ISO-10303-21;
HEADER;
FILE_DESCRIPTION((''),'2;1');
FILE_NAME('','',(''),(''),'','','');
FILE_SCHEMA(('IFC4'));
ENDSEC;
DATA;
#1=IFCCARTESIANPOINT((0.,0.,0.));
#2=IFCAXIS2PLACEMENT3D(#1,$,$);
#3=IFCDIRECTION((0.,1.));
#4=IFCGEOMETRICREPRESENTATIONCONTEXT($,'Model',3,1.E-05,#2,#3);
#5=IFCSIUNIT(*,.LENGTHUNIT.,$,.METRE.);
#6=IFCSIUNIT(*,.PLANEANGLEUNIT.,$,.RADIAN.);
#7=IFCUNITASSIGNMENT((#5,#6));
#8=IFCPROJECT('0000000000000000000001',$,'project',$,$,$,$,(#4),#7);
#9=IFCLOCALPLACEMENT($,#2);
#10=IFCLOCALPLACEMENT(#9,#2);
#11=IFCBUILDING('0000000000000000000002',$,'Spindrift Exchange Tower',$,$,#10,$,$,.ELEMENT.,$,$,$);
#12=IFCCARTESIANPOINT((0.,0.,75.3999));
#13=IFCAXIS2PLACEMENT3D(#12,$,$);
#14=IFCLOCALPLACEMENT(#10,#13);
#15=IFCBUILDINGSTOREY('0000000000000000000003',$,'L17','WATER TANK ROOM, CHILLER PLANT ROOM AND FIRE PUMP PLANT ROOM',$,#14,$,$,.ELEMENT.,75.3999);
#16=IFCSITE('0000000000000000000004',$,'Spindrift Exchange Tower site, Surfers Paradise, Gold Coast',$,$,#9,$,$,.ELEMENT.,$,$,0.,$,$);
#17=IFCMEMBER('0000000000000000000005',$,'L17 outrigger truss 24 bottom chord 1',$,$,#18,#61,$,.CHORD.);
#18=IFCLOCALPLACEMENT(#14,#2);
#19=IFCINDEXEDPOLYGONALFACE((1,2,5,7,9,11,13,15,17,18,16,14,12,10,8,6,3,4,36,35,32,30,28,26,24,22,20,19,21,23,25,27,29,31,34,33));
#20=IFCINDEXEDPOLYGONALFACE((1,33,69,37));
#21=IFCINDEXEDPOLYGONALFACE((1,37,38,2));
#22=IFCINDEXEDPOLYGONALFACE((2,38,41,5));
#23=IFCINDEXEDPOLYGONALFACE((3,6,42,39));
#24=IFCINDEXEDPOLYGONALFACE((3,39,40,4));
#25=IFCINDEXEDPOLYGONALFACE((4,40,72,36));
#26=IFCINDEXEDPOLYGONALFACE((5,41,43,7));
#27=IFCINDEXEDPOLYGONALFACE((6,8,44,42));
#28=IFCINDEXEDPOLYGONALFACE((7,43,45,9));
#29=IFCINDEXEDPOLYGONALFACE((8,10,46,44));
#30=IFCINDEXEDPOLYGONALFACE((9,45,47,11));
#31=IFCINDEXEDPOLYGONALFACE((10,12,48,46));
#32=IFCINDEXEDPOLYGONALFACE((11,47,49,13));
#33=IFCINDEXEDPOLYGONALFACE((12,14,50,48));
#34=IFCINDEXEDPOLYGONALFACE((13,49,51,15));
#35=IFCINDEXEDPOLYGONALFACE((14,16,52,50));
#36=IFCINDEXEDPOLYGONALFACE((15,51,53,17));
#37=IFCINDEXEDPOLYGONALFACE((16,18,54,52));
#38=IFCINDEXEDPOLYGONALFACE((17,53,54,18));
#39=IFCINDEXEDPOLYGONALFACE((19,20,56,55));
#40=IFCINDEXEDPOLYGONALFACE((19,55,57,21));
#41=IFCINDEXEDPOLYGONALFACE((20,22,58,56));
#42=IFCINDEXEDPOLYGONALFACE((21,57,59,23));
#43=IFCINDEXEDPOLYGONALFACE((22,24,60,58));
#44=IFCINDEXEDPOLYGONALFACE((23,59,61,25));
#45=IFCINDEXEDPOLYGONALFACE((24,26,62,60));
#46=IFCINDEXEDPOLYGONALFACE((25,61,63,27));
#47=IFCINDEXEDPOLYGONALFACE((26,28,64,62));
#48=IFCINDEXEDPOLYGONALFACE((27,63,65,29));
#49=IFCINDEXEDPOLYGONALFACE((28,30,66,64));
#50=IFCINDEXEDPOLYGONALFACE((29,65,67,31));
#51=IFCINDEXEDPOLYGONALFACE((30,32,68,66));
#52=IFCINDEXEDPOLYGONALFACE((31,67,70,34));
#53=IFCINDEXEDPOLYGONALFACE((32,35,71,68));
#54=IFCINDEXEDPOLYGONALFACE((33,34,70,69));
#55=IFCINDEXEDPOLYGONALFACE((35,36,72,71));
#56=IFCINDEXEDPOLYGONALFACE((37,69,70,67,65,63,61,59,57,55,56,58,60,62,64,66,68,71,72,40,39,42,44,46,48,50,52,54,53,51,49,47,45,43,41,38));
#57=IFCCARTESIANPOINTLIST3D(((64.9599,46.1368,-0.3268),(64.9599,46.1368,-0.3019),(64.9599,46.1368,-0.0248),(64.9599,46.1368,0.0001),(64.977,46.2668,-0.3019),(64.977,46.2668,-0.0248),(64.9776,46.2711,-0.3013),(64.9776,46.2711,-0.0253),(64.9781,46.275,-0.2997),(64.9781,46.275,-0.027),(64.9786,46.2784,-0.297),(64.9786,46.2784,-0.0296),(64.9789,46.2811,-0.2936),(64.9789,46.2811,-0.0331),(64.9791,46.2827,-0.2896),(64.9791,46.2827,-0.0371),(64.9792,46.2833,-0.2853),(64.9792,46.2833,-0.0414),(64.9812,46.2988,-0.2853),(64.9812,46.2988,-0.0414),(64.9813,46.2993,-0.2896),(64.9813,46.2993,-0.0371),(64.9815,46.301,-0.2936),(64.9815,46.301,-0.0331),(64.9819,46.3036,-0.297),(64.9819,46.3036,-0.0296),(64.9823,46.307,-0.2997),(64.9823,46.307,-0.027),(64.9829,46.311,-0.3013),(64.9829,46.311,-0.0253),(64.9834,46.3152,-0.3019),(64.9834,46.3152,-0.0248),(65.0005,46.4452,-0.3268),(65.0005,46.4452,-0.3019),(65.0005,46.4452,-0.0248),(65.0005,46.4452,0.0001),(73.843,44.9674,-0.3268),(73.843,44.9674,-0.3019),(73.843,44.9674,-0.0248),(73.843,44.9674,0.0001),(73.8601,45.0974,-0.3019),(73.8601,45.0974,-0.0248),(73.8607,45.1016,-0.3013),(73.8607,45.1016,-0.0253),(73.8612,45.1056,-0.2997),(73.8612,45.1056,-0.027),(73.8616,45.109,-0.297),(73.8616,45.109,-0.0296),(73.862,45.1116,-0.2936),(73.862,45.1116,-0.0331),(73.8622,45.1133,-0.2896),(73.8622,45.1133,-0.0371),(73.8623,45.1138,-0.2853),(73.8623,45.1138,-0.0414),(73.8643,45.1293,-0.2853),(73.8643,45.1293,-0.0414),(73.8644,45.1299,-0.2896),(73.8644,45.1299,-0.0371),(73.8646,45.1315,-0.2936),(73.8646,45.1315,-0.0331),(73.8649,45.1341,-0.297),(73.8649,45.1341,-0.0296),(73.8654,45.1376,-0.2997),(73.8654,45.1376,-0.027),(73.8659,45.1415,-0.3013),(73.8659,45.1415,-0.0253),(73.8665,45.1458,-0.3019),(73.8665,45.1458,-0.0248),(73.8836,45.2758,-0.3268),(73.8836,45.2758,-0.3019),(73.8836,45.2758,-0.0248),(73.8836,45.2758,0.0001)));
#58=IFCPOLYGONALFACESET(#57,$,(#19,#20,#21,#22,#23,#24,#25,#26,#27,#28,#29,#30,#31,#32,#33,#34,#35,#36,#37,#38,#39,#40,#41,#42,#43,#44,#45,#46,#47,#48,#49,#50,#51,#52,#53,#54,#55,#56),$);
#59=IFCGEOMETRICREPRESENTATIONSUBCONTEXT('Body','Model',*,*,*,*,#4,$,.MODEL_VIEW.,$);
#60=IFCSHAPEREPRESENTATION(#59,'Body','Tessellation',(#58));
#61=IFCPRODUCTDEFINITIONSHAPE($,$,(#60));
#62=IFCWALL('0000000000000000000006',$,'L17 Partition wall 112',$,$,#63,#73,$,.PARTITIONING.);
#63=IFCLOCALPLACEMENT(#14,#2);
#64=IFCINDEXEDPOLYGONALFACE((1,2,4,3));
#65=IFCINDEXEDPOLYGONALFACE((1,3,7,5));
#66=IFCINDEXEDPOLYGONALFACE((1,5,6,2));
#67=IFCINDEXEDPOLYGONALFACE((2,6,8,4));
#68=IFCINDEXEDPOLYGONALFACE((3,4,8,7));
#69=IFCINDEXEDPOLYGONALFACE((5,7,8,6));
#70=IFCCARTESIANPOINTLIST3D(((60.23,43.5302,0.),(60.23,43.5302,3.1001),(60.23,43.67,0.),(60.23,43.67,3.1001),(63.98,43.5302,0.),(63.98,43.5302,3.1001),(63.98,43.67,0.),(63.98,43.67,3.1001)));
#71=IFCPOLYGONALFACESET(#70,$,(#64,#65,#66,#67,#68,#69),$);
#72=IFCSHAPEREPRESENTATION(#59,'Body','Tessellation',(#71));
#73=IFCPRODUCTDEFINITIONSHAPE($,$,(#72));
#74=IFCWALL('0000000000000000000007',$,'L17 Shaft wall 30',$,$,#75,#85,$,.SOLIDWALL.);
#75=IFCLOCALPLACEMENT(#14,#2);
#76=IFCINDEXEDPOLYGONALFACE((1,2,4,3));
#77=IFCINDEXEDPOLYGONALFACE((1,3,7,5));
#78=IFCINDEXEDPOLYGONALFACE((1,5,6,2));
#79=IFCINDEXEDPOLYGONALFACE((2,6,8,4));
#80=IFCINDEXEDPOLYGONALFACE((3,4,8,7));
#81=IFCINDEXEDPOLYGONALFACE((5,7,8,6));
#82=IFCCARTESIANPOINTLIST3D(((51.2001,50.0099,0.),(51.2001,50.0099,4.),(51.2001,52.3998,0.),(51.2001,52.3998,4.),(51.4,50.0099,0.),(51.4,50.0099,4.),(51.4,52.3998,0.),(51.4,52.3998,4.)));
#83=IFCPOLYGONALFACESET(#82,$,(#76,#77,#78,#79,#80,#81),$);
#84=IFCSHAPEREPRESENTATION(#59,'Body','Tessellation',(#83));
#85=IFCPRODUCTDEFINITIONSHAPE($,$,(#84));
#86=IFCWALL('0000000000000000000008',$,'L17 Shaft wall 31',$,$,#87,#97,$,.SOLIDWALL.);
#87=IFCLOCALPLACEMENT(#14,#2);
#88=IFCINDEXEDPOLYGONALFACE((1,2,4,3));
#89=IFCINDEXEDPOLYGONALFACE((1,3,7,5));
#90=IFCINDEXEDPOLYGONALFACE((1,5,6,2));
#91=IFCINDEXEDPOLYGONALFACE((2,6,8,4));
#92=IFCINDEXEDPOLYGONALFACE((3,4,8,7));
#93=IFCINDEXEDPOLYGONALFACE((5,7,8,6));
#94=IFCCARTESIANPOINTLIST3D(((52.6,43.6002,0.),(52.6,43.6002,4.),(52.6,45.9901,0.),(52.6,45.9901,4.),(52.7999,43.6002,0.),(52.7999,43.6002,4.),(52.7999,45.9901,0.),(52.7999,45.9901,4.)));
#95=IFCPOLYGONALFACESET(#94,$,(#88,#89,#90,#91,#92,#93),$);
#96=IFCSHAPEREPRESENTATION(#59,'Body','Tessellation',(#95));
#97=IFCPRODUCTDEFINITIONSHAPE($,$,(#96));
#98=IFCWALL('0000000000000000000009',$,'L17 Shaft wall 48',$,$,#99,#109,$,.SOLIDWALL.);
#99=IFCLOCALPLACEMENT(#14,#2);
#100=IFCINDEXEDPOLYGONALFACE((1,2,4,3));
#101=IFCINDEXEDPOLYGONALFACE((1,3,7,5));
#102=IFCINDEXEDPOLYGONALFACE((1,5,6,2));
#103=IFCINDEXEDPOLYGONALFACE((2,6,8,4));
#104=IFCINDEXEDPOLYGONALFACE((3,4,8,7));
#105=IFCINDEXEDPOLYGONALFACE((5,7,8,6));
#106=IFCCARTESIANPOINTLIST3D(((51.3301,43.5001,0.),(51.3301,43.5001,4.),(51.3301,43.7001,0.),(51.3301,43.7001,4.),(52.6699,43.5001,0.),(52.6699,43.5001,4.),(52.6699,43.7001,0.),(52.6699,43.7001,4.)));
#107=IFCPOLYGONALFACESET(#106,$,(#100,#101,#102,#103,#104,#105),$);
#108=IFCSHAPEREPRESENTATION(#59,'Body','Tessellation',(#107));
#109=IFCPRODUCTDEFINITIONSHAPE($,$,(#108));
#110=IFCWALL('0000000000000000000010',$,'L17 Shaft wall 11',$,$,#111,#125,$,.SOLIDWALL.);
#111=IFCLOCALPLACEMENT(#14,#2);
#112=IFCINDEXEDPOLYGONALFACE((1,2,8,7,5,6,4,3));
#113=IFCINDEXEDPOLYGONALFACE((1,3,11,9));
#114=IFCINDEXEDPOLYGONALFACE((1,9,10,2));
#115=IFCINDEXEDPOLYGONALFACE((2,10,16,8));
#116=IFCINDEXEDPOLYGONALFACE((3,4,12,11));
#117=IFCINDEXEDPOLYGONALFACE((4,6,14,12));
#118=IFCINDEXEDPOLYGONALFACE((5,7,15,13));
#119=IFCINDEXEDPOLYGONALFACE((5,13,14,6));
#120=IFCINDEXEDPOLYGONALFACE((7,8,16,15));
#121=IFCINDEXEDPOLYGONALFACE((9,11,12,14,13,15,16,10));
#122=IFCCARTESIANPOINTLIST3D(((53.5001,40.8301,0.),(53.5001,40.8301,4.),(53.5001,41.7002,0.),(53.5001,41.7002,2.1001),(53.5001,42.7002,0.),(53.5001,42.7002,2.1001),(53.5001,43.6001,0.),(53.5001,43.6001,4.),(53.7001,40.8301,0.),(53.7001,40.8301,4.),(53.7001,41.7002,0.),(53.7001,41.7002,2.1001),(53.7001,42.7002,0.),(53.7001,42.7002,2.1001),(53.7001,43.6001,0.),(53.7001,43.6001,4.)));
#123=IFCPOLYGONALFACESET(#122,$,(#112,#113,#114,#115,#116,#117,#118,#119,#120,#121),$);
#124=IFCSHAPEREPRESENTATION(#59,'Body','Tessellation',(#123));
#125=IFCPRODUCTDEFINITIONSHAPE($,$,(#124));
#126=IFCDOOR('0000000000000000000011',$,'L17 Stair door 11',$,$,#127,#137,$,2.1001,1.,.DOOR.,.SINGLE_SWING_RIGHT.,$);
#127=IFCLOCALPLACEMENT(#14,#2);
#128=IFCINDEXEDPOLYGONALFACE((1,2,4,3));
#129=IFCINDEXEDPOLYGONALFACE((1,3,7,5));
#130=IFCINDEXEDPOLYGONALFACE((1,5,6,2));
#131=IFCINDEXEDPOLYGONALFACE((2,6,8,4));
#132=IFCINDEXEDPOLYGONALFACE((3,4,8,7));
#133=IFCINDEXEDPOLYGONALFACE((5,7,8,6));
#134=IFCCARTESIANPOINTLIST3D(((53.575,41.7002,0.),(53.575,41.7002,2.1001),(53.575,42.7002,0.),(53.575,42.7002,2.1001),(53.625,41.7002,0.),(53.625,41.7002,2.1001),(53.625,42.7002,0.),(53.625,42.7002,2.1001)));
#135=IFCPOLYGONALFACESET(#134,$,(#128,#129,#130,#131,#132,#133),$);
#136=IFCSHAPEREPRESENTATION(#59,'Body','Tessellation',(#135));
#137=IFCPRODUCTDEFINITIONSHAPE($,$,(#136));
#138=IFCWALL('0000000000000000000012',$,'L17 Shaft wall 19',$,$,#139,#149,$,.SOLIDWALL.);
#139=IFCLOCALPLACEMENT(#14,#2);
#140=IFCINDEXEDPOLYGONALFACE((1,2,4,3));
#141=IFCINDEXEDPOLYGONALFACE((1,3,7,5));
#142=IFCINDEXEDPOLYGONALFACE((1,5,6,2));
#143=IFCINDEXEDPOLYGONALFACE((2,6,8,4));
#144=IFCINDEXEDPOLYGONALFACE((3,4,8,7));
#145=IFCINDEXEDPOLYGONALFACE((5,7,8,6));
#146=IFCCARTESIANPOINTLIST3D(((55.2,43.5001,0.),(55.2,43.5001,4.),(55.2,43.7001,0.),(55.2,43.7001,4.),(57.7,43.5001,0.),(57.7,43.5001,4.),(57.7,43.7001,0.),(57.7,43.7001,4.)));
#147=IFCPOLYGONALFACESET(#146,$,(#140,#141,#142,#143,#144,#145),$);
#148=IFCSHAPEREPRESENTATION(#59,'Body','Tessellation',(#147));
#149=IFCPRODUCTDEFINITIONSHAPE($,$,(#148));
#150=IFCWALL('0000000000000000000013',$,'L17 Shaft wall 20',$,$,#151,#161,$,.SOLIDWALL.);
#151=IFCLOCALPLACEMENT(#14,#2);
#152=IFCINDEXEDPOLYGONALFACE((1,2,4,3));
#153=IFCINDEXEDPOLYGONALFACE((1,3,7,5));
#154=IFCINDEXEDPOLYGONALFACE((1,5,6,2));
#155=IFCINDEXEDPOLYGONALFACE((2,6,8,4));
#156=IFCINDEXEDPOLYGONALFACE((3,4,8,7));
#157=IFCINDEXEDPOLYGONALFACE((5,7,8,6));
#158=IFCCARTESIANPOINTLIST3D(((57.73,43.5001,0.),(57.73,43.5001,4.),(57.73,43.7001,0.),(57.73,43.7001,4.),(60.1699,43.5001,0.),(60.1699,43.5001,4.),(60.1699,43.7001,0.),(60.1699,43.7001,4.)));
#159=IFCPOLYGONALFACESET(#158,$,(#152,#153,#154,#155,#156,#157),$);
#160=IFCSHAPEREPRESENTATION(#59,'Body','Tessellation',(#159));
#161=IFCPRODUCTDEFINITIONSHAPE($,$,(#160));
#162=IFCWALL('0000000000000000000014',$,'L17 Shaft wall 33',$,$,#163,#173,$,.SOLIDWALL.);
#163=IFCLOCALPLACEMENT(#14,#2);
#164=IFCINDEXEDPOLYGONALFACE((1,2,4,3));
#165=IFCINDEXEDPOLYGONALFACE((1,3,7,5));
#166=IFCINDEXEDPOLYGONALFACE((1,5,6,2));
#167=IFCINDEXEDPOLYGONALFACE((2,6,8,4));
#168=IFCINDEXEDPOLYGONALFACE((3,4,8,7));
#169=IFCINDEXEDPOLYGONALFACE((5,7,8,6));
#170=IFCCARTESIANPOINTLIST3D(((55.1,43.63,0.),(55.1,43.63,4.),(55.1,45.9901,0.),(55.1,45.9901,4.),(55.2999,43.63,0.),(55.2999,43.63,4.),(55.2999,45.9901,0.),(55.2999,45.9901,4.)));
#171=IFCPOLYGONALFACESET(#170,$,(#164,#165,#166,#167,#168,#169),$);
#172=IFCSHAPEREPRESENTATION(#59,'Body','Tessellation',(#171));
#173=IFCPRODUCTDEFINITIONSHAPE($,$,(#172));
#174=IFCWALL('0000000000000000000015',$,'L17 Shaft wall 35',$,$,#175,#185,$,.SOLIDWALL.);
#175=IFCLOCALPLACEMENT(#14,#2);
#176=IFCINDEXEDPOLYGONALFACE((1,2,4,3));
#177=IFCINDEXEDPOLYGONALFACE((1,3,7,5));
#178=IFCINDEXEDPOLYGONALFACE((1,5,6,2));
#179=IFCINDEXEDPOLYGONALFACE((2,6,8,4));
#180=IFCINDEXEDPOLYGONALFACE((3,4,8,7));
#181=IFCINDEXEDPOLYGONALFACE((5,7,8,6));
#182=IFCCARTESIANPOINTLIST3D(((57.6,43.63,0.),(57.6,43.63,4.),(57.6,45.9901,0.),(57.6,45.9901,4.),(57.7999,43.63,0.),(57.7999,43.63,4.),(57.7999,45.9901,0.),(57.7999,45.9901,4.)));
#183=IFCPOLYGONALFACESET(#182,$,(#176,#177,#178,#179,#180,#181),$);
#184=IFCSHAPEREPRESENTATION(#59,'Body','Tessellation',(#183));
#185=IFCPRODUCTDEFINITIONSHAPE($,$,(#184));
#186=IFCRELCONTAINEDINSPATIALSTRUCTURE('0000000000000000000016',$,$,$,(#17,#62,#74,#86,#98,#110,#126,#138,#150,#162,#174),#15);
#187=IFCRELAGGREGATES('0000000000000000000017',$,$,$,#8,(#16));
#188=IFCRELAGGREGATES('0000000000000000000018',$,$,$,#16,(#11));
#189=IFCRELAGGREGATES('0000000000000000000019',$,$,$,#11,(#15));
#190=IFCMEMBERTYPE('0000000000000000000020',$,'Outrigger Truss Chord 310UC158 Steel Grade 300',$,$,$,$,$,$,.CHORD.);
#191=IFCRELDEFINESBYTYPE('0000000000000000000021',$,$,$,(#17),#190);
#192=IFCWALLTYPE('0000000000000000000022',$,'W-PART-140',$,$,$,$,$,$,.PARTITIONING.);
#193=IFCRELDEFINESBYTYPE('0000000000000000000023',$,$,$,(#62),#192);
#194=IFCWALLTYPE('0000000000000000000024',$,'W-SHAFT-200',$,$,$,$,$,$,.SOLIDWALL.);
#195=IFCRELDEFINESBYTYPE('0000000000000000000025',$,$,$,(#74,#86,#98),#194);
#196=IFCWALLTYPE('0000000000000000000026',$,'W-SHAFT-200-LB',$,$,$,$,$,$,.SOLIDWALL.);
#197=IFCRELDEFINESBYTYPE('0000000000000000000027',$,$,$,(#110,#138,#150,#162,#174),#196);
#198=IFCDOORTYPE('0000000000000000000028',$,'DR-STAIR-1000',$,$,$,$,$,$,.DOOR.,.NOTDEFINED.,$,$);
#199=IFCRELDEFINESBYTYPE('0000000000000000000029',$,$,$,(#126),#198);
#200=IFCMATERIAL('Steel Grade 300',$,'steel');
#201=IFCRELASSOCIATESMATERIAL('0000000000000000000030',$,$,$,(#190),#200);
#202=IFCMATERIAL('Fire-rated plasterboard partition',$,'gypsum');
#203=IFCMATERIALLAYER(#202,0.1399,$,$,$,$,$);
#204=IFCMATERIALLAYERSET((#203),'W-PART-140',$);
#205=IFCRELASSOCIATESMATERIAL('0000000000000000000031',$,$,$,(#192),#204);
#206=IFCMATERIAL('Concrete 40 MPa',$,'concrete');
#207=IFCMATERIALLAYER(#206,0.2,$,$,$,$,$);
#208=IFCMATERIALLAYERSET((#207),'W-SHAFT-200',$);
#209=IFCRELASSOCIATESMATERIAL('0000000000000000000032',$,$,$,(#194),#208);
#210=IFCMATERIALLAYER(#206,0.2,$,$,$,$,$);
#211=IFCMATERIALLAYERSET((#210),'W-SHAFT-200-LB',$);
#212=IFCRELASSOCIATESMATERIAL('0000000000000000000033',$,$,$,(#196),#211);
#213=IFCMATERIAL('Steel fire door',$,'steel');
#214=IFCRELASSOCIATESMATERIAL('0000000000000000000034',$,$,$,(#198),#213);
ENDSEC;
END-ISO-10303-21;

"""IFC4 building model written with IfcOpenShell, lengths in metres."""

from ifc_helpers import new_model, si_unit, direction, frame, frame_2d, origin, origin_2d, place, context, subcontext, project, spatial, rectangle, i_section, extrude, source, transform, mapped, material, layer, layer_set, material_profile, profile_set, type_object, element, fill, save


model = new_model("IFC4")

# Units and contexts
model_context = context("Model", 3, precision=1e-05, world=origin(), true_north=direction((0.0, 1.0)))
body_context = subcontext(model_context, "Body", "Model", "MODEL_VIEW")
ifc_project = project(units=[si_unit("LENGTHUNIT", "METRE"), si_unit("PLANEANGLEUNIT", "RADIAN")], contexts=[model_context])

# Site, building, storey
site_placement = place(None, origin())
site = spatial("IfcSite", under=ifc_project, at=site_placement, Name="Spindrift Exchange Tower site, Surfers Paradise, Gold Coast", CompositionType="ELEMENT", RefElevation=0.0)
building_placement = place(site_placement, origin())
building = spatial("IfcBuilding", under=site, at=building_placement, Name="Spindrift Exchange Tower", CompositionType="ELEMENT")
storey_placement = place(building_placement, frame((0.0, 0.0, 75.3999)))
storey = spatial("IfcBuildingStorey", under=building, at=storey_placement, Name="L17", Description="WATER TANK ROOM, CHILLER PLANT ROOM AND FIRE PUMP PLANT ROOM", CompositionType="ELEMENT", Elevation=75.3999)

# Shared definitions
ifc_material_1 = material(Name="Steel Grade 300", Category="steel")

# Shared definitions
ifc_material_profile_1 = material_profile(ifc_material_1, i_section(OverallWidth=0.311, OverallDepth=0.3269, WebThickness=0.0156, FlangeThickness=0.0249, FilletRadius=0.0166, at=origin_2d()), Name="310UC158")
ifc_profile_set_1 = profile_set([ifc_material_profile_1], Name="Steel Grade 300")
member_type = type_object("IfcMemberType", Name="Outrigger Truss Chord 310UC158 Steel Grade 300", PredefinedType="CHORD", material=ifc_profile_set_1)

# Member
shared_shape_1 = source(origin(), body_context, "Body", "SweptSolid", [
    extrude(i_section(OverallWidth=0.311, OverallDepth=0.3269, WebThickness=0.0156, FlangeThickness=0.0249, FilletRadius=0.0166, at=origin_2d()), origin(), (0.0, 0.0, 1.0), 8.9597),
])
member_1_placement = place(storey_placement, frame((64.9802, 46.291, -0.1633), z_axis=(0.991445, -0.130521, 0.0), x_axis=(0.130521, 0.991445, 0.0)))
element("IfcMember", 1, at=member_1_placement, inside=storey, type_object=member_type, Name="L17 outrigger truss 24 bottom chord 1", PredefinedType="CHORD", context=body_context, shape_type="MappedRepresentation", body=[
    mapped(shared_shape_1, transform((0.0, 0.0, 0.0), scale=1.0)),
])

# Walls
ifc_material_2 = material(Name="Fire-rated plasterboard partition", Category="gypsum")
ifc_layer_1 = layer(ifc_material_2, 0.1399)
ifc_layer_set_1 = layer_set([ifc_layer_1], Name="W-PART-140")
wall_type_1 = type_object("IfcWallType", Name="W-PART-140", PredefinedType="PARTITIONING", material=ifc_layer_set_1)
wall_1_placement = place(storey_placement, frame((60.23, 43.6001, 0.0), z_axis=(0.0, 0.0, 1.0), x_axis=(1.0, 0.0, 0.0)))
element("IfcWall", 2, at=wall_1_placement, inside=storey, type_object=wall_type_1, Name="L17 Partition wall 112", PredefinedType="PARTITIONING", context=body_context, shape_type="SweptSolid", body=[
    extrude(rectangle(XDim=3.75, YDim=0.1399, at=frame_2d((1.875, 0.0))), origin(), (0.0, 0.0, 1.0), 3.1001),
])
ifc_material_3 = material(Name="Concrete 40 MPa", Category="concrete")
ifc_layer_2 = layer(ifc_material_3, 0.2)
ifc_layer_set_2 = layer_set([ifc_layer_2], Name="W-SHAFT-200")
wall_type_2 = type_object("IfcWallType", Name="W-SHAFT-200", PredefinedType="SOLIDWALL", material=ifc_layer_set_2)
for number, where, z_axis, x_axis, name in (
    (3, (51.3, 50.01, 0.0), (0.0, 0.0, 1.0), (0.0, 1.0, 0.0), "L17 Shaft wall 30"),
    (4, (52.7, 45.99, 0.0), (0.0, 0.0, 1.0), (0.0, -1.0, 0.0), "L17 Shaft wall 31"),
):
    element("IfcWall", number, at=place(storey_placement, frame(where, z_axis=z_axis, x_axis=x_axis)), inside=storey, type_object=wall_type_2, Name=name, PredefinedType="SOLIDWALL", context=body_context, shape_type="SweptSolid", body=[
        extrude(rectangle(XDim=2.3899, YDim=0.2, at=frame_2d((1.1948, 0.0))), origin(), (0.0, 0.0, 1.0), 4.0),
    ])
wall_2_placement = place(storey_placement, frame((52.6699, 43.6001, 0.0), z_axis=(0.0, 0.0, 1.0), x_axis=(-1.0, 0.0, 0.0)))
element("IfcWall", 5, at=wall_2_placement, inside=storey, type_object=wall_type_2, Name="L17 Shaft wall 48", PredefinedType="SOLIDWALL", context=body_context, shape_type="SweptSolid", body=[
    extrude(rectangle(XDim=1.3398, YDim=0.2, at=frame_2d((0.6699, 0.0))), origin(), (0.0, 0.0, 1.0), 4.0),
])

# Wall, opening, door
ifc_layer_3 = layer(ifc_material_3, 0.2)
ifc_layer_set_3 = layer_set([ifc_layer_3], Name="W-SHAFT-200-LB")
wall_type_3 = type_object("IfcWallType", Name="W-SHAFT-200-LB", PredefinedType="SOLIDWALL", material=ifc_layer_set_3)
wall_3_placement = place(storey_placement, frame((53.6001, 43.6001, 0.0), z_axis=(0.0, 0.0, 1.0), x_axis=(0.0, -1.0, 0.0)))
wall_3 = element("IfcWall", 6, at=wall_3_placement, inside=storey, type_object=wall_type_3, Name="L17 Shaft wall 11", PredefinedType="SOLIDWALL", context=body_context, shape_type="SweptSolid", body=[
    extrude(rectangle(XDim=2.77, YDim=0.2, at=frame_2d((1.385, 0.0))), origin(), (0.0, 0.0, 1.0), 4.0),
])
opening_placement = place(wall_3_placement, frame((0.8999, 0.0, 0.0)))
opening = element("IfcOpeningElement", 7, at=opening_placement, cuts=wall_3, PredefinedType="OPENING", context=body_context, shape_type="SweptSolid", body=[
    extrude(rectangle(XDim=1.0, YDim=2.1001, at=frame_2d((0.5, 1.05))), frame((0.0, 0.1099, 0.0), z_axis=(0.0, -1.0, 0.0), x_axis=(1.0, 0.0, 0.0)), (0.0, 0.0, 1.0), 0.22),
])
ifc_material_4 = material(Name="Steel fire door", Category="steel")
door_type = type_object("IfcDoorType", Name="DR-STAIR-1000", OperationType="NOTDEFINED", PredefinedType="DOOR", material=ifc_material_4)
shared_shape_2 = source(origin(), body_context, "Body", "SweptSolid", [
    extrude(rectangle(XDim=1.0, YDim=2.1001, at=frame_2d((0.5, 1.05))), frame((0.0, 0.0249, 0.0), z_axis=(0.0, -1.0, 0.0), x_axis=(1.0, 0.0, 0.0)), (0.0, 0.0, 1.0), 0.05),
])
door_placement = place(opening_placement, origin())
door = element("IfcDoor", 8, at=door_placement, inside=storey, type_object=door_type, Name="L17 Stair door 11", OperationType="SINGLE_SWING_RIGHT", OverallHeight=2.1001, OverallWidth=1.0, PredefinedType="DOOR", context=body_context, shape_type="MappedRepresentation", body=[
    mapped(shared_shape_2, transform((0.0, 0.0, 0.0), scale=1.0)),
])
fill(opening, door)

# Walls
wall_4_placement = place(storey_placement, frame((55.2, 43.6001, 0.0), z_axis=(0.0, 0.0, 1.0), x_axis=(1.0, 0.0, 0.0)))
element("IfcWall", 9, at=wall_4_placement, inside=storey, type_object=wall_type_3, Name="L17 Shaft wall 19", PredefinedType="SOLIDWALL", context=body_context, shape_type="SweptSolid", body=[
    extrude(rectangle(XDim=2.5, YDim=0.2, at=frame_2d((1.25, 0.0))), origin(), (0.0, 0.0, 1.0), 4.0),
])
wall_5_placement = place(storey_placement, frame((57.73, 43.6001, 0.0), z_axis=(0.0, 0.0, 1.0), x_axis=(1.0, 0.0, 0.0)))
element("IfcWall", 10, at=wall_5_placement, inside=storey, type_object=wall_type_3, Name="L17 Shaft wall 20", PredefinedType="SOLIDWALL", context=body_context, shape_type="SweptSolid", body=[
    extrude(rectangle(XDim=2.4399, YDim=0.2, at=frame_2d((1.22, 0.0))), origin(), (0.0, 0.0, 1.0), 4.0),
])
for number, where, z_axis, x_axis, name in (
    (11, (55.2, 43.6299, 0.0), (0.0, 0.0, 1.0), (0.0, 1.0, 0.0), "L17 Shaft wall 33"),
    (12, (57.7, 43.6299, 0.0), (0.0, 0.0, 1.0), (0.0, 1.0, 0.0), "L17 Shaft wall 35"),
):
    element("IfcWall", number, at=place(storey_placement, frame(where, z_axis=z_axis, x_axis=x_axis)), inside=storey, type_object=wall_type_3, Name=name, PredefinedType="SOLIDWALL", context=body_context, shape_type="SweptSolid", body=[
        extrude(rectangle(XDim=2.3601, YDim=0.2, at=frame_2d((1.1802, 0.0))), origin(), (0.0, 0.0, 1.0), 4.0),
    ])

save(model, "model.ifc")
